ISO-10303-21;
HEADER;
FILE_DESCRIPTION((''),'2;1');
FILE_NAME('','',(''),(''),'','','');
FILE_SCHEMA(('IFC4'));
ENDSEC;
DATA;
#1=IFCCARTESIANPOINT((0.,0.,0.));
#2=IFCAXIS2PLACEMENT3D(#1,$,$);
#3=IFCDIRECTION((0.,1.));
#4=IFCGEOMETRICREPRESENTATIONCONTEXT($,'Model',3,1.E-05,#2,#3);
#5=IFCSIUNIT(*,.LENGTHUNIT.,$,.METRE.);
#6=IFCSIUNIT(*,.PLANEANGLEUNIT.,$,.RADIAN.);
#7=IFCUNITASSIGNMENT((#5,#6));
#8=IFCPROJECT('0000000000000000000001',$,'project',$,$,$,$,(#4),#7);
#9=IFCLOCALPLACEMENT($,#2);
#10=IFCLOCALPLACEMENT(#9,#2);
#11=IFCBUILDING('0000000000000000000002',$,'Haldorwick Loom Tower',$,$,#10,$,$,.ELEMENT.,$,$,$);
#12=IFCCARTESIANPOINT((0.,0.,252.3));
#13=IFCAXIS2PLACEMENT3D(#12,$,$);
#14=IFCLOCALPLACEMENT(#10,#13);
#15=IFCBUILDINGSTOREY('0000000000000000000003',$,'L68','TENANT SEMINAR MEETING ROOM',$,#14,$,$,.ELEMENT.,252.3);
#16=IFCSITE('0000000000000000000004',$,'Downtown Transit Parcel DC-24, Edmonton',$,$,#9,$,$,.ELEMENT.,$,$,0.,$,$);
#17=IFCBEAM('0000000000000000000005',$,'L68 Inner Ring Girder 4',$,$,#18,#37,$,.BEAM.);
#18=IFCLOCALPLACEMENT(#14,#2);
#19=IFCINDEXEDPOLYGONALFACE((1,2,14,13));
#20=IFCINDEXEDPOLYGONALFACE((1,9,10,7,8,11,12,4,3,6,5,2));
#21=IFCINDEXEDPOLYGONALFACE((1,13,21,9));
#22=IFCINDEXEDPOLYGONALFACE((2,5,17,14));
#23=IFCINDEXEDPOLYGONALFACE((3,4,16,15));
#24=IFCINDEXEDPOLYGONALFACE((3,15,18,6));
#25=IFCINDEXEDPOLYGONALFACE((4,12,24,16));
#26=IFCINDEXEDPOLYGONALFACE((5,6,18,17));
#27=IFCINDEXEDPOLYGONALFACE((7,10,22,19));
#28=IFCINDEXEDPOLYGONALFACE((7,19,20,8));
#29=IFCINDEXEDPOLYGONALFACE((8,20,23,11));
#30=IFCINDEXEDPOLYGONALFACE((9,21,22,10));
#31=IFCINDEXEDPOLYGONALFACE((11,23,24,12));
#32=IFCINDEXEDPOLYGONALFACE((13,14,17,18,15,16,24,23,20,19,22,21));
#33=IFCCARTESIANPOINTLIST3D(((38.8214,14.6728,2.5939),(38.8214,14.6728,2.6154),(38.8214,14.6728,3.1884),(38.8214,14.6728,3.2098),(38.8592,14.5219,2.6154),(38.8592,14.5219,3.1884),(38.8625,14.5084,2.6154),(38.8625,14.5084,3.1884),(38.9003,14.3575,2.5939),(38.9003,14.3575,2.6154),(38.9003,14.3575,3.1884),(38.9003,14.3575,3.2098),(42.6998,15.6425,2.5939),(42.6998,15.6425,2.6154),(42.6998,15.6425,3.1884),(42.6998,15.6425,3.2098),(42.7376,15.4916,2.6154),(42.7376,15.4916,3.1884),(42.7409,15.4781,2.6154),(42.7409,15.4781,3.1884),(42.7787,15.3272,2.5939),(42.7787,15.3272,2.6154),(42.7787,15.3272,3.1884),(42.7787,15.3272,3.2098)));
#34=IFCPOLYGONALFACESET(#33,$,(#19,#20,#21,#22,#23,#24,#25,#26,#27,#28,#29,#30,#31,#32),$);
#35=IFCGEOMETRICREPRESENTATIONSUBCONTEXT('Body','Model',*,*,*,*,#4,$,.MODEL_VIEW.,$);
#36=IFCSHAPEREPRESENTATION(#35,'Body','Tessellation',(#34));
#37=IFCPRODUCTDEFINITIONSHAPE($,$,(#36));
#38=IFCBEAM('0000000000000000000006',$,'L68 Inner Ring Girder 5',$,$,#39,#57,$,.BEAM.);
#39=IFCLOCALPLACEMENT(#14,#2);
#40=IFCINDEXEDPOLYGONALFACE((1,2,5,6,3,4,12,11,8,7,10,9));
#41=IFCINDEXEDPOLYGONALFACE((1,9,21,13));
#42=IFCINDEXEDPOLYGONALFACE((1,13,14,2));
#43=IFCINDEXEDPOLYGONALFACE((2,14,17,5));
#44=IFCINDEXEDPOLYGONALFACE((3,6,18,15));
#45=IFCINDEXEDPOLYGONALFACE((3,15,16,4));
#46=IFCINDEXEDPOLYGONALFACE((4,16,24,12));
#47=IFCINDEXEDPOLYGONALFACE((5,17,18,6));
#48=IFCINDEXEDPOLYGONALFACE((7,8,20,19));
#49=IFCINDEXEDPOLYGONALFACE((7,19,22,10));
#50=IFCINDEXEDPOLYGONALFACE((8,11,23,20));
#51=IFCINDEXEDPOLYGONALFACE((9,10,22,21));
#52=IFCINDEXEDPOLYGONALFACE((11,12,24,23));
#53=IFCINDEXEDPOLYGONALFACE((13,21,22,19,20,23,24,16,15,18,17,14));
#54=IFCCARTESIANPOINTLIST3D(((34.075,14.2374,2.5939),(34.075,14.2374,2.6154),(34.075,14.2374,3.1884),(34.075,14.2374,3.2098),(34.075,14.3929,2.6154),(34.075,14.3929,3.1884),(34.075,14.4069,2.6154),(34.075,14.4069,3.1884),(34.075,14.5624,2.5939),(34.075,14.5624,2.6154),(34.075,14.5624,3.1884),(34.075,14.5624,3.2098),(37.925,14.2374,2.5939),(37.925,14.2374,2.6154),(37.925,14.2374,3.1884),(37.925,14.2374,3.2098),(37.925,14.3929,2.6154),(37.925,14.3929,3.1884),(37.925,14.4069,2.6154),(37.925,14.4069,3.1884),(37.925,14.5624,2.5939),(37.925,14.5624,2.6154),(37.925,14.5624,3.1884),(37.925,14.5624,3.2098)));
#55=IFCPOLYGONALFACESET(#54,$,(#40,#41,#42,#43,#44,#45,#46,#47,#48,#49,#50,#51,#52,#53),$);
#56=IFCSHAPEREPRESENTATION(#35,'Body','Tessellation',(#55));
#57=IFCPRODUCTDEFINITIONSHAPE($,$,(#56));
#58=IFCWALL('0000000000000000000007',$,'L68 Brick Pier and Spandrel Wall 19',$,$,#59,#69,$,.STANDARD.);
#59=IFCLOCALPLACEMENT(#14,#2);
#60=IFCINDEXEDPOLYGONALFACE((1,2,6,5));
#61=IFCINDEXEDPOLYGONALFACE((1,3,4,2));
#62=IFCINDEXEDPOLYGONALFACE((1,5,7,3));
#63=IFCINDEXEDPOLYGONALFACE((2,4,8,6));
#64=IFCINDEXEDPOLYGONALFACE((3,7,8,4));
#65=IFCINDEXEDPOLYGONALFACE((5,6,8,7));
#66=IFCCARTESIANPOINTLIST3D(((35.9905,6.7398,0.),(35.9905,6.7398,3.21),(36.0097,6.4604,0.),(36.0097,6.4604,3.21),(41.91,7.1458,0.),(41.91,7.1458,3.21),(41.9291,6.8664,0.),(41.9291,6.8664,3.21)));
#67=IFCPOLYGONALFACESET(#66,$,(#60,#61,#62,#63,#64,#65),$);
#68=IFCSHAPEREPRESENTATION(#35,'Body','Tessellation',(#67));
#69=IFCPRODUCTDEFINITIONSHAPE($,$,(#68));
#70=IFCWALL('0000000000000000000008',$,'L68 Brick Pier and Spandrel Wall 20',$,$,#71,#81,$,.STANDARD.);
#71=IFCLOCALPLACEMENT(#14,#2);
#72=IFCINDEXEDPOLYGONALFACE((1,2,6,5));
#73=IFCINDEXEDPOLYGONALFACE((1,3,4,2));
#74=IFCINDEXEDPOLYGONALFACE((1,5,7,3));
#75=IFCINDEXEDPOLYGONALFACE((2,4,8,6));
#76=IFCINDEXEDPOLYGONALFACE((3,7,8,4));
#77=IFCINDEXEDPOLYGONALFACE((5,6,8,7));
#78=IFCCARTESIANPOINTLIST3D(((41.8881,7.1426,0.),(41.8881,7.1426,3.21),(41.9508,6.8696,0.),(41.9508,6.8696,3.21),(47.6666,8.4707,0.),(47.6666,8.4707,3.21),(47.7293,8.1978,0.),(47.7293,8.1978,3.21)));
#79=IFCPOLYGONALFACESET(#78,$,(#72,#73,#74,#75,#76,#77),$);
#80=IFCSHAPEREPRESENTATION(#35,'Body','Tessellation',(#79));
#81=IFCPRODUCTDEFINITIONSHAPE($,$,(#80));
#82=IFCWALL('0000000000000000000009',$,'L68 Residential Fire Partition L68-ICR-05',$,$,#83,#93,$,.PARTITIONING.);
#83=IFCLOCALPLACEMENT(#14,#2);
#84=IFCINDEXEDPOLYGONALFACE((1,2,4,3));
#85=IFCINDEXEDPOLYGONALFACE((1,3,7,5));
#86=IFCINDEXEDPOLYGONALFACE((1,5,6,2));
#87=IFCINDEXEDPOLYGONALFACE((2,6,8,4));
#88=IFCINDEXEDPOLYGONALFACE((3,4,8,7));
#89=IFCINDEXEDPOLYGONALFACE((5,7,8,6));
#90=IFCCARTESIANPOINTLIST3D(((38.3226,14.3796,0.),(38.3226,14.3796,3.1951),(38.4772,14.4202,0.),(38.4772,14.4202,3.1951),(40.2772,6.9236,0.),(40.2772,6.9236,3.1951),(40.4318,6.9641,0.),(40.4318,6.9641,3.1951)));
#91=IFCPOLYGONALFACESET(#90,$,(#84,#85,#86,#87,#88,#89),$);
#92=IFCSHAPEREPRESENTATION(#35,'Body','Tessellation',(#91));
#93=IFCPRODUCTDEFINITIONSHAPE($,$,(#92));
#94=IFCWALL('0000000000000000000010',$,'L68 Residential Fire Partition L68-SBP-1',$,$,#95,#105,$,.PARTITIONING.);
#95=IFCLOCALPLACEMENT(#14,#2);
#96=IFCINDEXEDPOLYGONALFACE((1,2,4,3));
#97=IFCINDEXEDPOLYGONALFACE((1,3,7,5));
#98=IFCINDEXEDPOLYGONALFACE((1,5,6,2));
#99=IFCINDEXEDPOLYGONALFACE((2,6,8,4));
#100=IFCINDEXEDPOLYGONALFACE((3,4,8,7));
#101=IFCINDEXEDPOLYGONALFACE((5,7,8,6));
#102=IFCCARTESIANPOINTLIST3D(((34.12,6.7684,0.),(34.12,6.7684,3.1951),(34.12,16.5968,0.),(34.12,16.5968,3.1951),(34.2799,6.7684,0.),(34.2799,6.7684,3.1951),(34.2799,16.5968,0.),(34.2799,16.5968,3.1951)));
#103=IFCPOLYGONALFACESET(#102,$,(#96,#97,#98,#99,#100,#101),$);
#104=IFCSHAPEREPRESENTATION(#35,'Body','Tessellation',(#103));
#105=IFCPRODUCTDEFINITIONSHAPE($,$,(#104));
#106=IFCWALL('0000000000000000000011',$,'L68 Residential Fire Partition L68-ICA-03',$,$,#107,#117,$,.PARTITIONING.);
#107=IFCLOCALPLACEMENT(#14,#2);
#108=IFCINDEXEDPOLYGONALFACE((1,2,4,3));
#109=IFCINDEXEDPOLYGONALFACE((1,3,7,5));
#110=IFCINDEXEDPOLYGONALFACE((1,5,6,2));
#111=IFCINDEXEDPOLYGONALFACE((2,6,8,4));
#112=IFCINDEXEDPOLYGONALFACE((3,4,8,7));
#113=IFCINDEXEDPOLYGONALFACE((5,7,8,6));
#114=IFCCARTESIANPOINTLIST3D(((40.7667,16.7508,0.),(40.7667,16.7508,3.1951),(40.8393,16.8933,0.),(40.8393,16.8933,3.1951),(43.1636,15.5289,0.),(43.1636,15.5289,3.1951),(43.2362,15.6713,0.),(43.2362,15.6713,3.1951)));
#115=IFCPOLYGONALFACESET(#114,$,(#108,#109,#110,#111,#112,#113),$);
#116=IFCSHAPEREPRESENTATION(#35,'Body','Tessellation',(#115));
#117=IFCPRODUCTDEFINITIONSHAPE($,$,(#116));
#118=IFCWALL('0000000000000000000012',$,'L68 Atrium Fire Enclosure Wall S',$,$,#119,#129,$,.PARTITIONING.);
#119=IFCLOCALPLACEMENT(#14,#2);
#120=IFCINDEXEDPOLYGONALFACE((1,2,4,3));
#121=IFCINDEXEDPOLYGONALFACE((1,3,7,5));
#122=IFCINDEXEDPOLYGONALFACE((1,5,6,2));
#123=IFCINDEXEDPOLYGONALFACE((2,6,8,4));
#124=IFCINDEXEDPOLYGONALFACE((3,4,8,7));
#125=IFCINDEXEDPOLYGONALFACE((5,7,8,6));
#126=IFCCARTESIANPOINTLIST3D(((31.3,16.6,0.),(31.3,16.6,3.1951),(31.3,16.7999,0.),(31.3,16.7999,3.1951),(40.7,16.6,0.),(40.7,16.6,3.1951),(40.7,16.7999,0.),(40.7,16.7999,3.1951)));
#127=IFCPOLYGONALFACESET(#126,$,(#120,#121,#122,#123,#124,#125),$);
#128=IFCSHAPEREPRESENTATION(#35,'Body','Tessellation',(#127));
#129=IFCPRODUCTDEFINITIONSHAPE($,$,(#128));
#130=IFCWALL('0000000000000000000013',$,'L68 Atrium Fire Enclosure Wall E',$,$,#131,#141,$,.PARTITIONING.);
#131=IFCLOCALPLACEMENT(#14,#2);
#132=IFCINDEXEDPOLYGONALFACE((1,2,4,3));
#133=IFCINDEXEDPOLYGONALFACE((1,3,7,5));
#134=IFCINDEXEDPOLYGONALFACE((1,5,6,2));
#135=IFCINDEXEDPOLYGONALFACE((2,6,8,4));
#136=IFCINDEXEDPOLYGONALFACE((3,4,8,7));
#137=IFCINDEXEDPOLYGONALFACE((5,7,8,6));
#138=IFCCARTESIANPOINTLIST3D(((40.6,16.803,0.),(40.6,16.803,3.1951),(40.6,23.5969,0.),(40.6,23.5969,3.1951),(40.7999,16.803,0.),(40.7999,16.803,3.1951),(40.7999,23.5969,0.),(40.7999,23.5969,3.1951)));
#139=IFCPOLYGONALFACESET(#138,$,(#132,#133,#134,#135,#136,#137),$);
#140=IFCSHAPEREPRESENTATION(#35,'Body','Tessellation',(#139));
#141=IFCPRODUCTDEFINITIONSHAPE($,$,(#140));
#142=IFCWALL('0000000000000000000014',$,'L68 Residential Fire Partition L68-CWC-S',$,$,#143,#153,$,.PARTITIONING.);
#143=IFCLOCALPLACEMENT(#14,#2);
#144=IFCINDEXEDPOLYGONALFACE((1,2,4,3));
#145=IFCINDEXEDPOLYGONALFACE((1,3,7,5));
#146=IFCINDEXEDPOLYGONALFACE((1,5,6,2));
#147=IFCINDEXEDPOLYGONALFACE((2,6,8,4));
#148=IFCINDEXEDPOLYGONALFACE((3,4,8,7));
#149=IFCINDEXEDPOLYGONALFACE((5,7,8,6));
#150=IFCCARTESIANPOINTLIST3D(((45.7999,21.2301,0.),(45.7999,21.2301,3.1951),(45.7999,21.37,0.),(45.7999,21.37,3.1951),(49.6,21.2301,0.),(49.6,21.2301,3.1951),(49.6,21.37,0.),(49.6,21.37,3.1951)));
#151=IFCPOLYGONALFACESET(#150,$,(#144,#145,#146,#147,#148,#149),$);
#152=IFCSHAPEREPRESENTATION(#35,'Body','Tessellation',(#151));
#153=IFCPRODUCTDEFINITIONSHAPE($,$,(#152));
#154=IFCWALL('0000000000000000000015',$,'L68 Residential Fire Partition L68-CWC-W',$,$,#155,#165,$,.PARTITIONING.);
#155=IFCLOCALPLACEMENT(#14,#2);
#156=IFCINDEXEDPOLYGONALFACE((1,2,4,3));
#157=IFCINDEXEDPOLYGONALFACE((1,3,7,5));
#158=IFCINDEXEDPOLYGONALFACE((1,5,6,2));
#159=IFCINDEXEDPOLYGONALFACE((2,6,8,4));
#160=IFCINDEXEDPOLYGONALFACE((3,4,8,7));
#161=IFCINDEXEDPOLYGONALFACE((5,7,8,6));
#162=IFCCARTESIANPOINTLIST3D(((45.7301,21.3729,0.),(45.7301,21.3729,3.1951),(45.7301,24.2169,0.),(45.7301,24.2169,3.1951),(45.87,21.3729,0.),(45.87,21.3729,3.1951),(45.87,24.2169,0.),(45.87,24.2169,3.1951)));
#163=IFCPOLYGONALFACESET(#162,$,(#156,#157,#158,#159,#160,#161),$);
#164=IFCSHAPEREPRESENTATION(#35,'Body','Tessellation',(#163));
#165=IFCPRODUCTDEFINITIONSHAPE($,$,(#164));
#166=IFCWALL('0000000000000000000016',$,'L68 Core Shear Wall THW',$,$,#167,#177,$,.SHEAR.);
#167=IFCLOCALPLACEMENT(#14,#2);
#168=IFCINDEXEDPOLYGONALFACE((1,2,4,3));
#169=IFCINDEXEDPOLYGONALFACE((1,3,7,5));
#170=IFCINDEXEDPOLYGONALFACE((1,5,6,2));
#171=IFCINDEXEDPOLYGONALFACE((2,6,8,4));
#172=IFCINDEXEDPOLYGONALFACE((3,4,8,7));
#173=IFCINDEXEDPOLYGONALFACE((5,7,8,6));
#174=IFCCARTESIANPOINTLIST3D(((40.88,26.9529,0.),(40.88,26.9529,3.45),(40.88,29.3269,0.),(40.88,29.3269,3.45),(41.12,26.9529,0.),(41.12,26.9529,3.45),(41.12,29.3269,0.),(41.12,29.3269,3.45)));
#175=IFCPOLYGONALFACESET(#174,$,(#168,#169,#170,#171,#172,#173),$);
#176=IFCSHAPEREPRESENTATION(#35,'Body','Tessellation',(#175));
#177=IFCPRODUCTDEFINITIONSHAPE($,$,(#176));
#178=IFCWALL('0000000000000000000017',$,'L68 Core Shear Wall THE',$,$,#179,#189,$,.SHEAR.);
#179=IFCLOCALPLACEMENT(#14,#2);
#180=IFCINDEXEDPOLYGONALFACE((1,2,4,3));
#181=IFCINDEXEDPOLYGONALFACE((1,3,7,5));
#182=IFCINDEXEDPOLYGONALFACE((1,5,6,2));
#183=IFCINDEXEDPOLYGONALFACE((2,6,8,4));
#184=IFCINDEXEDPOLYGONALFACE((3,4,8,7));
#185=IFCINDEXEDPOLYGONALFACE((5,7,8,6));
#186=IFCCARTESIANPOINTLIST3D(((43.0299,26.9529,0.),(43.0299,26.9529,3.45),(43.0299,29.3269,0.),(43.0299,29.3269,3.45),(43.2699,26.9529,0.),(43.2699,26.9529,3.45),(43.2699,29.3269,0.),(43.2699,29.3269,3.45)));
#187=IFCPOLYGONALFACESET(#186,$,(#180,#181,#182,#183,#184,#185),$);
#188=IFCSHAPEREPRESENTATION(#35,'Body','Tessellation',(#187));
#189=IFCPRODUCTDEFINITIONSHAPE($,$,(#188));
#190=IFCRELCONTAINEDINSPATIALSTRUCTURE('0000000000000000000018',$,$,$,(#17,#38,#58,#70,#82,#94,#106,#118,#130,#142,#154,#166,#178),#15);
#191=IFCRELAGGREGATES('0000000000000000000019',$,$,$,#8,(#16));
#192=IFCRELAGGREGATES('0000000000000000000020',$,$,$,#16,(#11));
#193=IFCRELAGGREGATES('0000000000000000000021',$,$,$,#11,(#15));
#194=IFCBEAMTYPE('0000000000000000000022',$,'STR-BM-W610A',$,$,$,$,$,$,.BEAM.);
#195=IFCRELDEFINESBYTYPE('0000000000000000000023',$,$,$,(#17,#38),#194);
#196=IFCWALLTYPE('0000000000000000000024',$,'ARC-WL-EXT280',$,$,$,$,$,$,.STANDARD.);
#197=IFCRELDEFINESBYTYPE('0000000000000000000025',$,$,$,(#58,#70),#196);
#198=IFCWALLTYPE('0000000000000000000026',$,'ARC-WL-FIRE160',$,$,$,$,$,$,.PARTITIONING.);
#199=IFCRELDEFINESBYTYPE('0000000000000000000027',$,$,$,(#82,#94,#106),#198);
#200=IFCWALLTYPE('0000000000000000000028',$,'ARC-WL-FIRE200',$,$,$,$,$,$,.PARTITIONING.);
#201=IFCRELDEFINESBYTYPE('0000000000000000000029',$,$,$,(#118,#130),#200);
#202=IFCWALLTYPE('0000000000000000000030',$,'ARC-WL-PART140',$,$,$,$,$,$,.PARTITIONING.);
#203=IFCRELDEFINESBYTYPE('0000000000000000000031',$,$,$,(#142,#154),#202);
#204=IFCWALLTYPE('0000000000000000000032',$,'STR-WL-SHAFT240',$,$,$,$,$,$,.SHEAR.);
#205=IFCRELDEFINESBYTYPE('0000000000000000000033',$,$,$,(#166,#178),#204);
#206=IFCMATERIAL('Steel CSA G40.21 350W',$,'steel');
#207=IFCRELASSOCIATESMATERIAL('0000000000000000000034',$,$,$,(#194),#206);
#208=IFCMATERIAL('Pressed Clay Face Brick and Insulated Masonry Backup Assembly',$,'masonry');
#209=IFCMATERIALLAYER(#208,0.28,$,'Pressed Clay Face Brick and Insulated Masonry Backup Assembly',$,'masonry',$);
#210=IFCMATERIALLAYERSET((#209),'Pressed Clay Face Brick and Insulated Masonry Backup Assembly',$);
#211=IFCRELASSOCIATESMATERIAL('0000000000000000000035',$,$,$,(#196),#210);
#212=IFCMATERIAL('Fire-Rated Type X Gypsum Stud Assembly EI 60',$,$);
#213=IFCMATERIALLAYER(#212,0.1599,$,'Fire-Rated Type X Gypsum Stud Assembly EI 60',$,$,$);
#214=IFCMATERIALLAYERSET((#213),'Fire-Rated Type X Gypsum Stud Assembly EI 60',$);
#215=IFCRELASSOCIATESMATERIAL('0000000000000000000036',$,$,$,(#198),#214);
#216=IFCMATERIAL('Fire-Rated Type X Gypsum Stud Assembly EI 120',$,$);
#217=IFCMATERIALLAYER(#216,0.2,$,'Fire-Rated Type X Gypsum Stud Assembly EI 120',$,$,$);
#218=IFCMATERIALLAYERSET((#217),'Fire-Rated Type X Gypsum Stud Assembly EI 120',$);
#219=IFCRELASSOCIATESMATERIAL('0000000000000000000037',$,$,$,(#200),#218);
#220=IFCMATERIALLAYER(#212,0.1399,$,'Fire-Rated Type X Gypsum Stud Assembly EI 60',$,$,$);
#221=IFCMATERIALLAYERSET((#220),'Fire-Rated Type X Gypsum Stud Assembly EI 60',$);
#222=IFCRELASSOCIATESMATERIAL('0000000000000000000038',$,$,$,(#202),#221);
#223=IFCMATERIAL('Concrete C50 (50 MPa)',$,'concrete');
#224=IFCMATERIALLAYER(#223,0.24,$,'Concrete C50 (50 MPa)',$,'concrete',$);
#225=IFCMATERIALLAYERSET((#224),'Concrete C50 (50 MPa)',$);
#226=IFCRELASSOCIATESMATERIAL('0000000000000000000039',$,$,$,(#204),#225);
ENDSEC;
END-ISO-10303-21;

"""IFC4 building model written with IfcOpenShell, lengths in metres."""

from ifc_helpers import new_model, si_unit, direction, frame, frame_2d, origin, origin_2d, place, context, subcontext, project, spatial, rectangle, i_section, extrude, material, layer, layer_set, material_profile, profile_set, type_object, element, save


model = new_model("IFC4")

# Units and contexts
model_context = context("Model", 3, precision=1e-05, world=origin(), true_north=direction((0.0, 1.0)))
body_context = subcontext(model_context, "Body", "Model", "MODEL_VIEW")
ifc_project = project(units=[si_unit("LENGTHUNIT", "METRE"), si_unit("PLANEANGLEUNIT", "RADIAN")], contexts=[model_context])

# Site, building, storey
site_placement = place(None, origin())
site = spatial("IfcSite", under=ifc_project, at=site_placement, Name="Downtown Transit Parcel DC-24, Edmonton", CompositionType="ELEMENT", RefElevation=0.0)
building_placement = place(site_placement, origin())
building = spatial("IfcBuilding", under=site, at=building_placement, Name="Haldorwick Loom Tower", CompositionType="ELEMENT")
storey_placement = place(building_placement, frame((0.0, 0.0, 252.3)))
storey = spatial("IfcBuildingStorey", under=building, at=storey_placement, Name="L68", Description="TENANT SEMINAR MEETING ROOM", CompositionType="ELEMENT", Elevation=252.3)

# Shared definitions
ifc_material_1 = material(Name="Steel CSA G40.21 350W", Category="steel")

# Beams
ifc_material_2 = material(Name="Concrete C50 (50 MPa)", Category="concrete")
ifc_material_profile_1 = material_profile(ifc_material_1, i_section(OverallWidth=0.325, OverallDepth=0.616, WebThickness=0.0139, FlangeThickness=0.0215, at=origin_2d()), Name="W610X174", Category="steel")
ifc_profile_set_1 = profile_set([ifc_material_profile_1], Name="Steel CSA G40.21 350W")
beam_type_1 = type_object("IfcBeamType", Name="STR-BM-W610A", PredefinedType="BEAM", material=ifc_profile_set_1)
beam_1_placement = place(storey_placement, frame((42.7393, 15.4849, 2.9019), z_axis=(-0.970135, -0.242564, 0.0), x_axis=(0.242564, -0.970135, 0.0)))
element("IfcBeam", 1, at=beam_1_placement, inside=storey, type_object=beam_type_1, Name="L68 Inner Ring Girder 4", PredefinedType="BEAM", context=body_context, shape_type="SweptSolid", body=[
    extrude(i_section(OverallWidth=0.325, OverallDepth=0.616, WebThickness=0.0139, FlangeThickness=0.0215, at=origin_2d()), origin(), (0.0, 0.0, 1.0), 3.9978),
])
beam_2_placement = place(storey_placement, frame((37.925, 14.3999, 2.9019), z_axis=(-1.0, 0.0, 0.0), x_axis=(0.0, -1.0, 0.0)))
element("IfcBeam", 2, at=beam_2_placement, inside=storey, type_object=beam_type_1, Name="L68 Inner Ring Girder 5", PredefinedType="BEAM", context=body_context, shape_type="SweptSolid", body=[
    extrude(i_section(OverallWidth=0.325, OverallDepth=0.616, WebThickness=0.0139, FlangeThickness=0.0215, at=origin_2d()), origin(), (0.0, 0.0, 1.0), 3.8501),
])

# Walls
ifc_material_3 = material(Name="Pressed Clay Face Brick and Insulated Masonry Backup Assembly", Category="masonry")
ifc_layer_1 = layer(ifc_material_3, 0.28, Name="Pressed Clay Face Brick and Insulated Masonry Backup Assembly", Category="masonry")
ifc_layer_set_1 = layer_set([ifc_layer_1], Name="Pressed Clay Face Brick and Insulated Masonry Backup Assembly")
wall_type_1 = type_object("IfcWallType", Name="ARC-WL-EXT280", PredefinedType="STANDARD", material=ifc_layer_set_1)
wall_1_placement = place(storey_placement, frame((36.0, 6.6001, 0.0), z_axis=(0.0, 0.0, 1.0), x_axis=(0.997656, 0.068428, 0.0)))
element("IfcWall", 3, at=wall_1_placement, inside=storey, type_object=wall_type_1, Name="L68 Brick Pier and Spandrel Wall 19", PredefinedType="STANDARD", context=body_context, shape_type="SweptSolid", body=[
    extrude(rectangle(XDim=5.9333, YDim=0.28, at=frame_2d((2.9668, 0.0))), origin(), (0.0, 0.0, 1.0), 3.21),
])
wall_2_placement = place(storey_placement, frame((41.9194, 7.0061, 0.0), z_axis=(0.0, 0.0, 1.0), x_axis=(0.97459, 0.223996, 0.0)))
element("IfcWall", 4, at=wall_2_placement, inside=storey, type_object=wall_type_1, Name="L68 Brick Pier and Spandrel Wall 20", PredefinedType="STANDARD", context=body_context, shape_type="SweptSolid", body=[
    extrude(rectangle(XDim=5.9292, YDim=0.28, at=frame_2d((2.9646, 0.0))), origin(), (0.0, 0.0, 1.0), 3.21),
])
ifc_material_4 = material(Name="Fire-Rated Type X Gypsum Stud Assembly EI 60")
ifc_layer_2 = layer(ifc_material_4, 0.1599, Name="Fire-Rated Type X Gypsum Stud Assembly EI 60")
ifc_layer_set_2 = layer_set([ifc_layer_2], Name="Fire-Rated Type X Gypsum Stud Assembly EI 60")
wall_type_2 = type_object("IfcWallType", Name="ARC-WL-FIRE160", PredefinedType="PARTITIONING", material=ifc_layer_set_2)
wall_3_placement = place(storey_placement, frame((38.3999, 14.3999, 0.0), z_axis=(0.0, 0.0, 1.0), x_axis=(0.25358, -0.967315, 0.0)))
element("IfcWall", 5, at=wall_3_placement, inside=storey, type_object=wall_type_2, Name="L68 Residential Fire Partition L68-ICR-05", PredefinedType="PARTITIONING", context=body_context, shape_type="SweptSolid", body=[
    extrude(rectangle(XDim=7.708, YDim=0.1599, at=frame_2d((3.854, 0.0))), origin(), (0.0, 0.0, 1.0), 3.1951),
])
wall_4_placement = place(storey_placement, frame((34.2, 6.7686, 0.0), z_axis=(0.0, 0.0, 1.0), x_axis=(0.0, 1.0, 0.0)))
element("IfcWall", 6, at=wall_4_placement, inside=storey, type_object=wall_type_2, Name="L68 Residential Fire Partition L68-SBP-1", PredefinedType="PARTITIONING", context=body_context, shape_type="SweptSolid", body=[
    extrude(rectangle(XDim=9.8284, YDim=0.1599, at=frame_2d((4.9141, 0.0))), origin(), (0.0, 0.0, 1.0), 3.1951),
])
wall_5_placement = place(storey_placement, frame((40.803, 16.822, 0.0), z_axis=(0.0, 0.0, 1.0), x_axis=(0.890916, -0.454169, 0.0)))
element("IfcWall", 7, at=wall_5_placement, inside=storey, type_object=wall_type_2, Name="L68 Residential Fire Partition L68-ICA-03", PredefinedType="PARTITIONING", context=body_context, shape_type="SweptSolid", body=[
    extrude(rectangle(XDim=2.6904, YDim=0.1599, at=frame_2d((1.3452, 0.0))), origin(), (0.0, 0.0, 1.0), 3.1951),
])
ifc_material_5 = material(Name="Fire-Rated Type X Gypsum Stud Assembly EI 120")
ifc_layer_3 = layer(ifc_material_5, 0.2, Name="Fire-Rated Type X Gypsum Stud Assembly EI 120")
ifc_layer_set_3 = layer_set([ifc_layer_3], Name="Fire-Rated Type X Gypsum Stud Assembly EI 120")
wall_type_3 = type_object("IfcWallType", Name="ARC-WL-FIRE200", PredefinedType="PARTITIONING", material=ifc_layer_set_3)
wall_6_placement = place(storey_placement, frame((40.7, 16.7, 0.0), z_axis=(0.0, 0.0, 1.0), x_axis=(-1.0, 0.0, 0.0)))
element("IfcWall", 8, at=wall_6_placement, inside=storey, type_object=wall_type_3, Name="L68 Atrium Fire Enclosure Wall S", PredefinedType="PARTITIONING", context=body_context, shape_type="SweptSolid", body=[
    extrude(rectangle(XDim=9.3999, YDim=0.2, at=frame_2d((4.7, 0.0))), origin(), (0.0, 0.0, 1.0), 3.1951),
])
wall_7_placement = place(storey_placement, frame((40.7, 23.5969, 0.0), z_axis=(0.0, 0.0, 1.0), x_axis=(0.0, -1.0, 0.0)))
element("IfcWall", 9, at=wall_7_placement, inside=storey, type_object=wall_type_3, Name="L68 Atrium Fire Enclosure Wall E", PredefinedType="PARTITIONING", context=body_context, shape_type="SweptSolid", body=[
    extrude(rectangle(XDim=6.7939, YDim=0.2, at=frame_2d((3.397, 0.0))), origin(), (0.0, 0.0, 1.0), 3.1951),
])
ifc_layer_4 = layer(ifc_material_4, 0.1399, Name="Fire-Rated Type X Gypsum Stud Assembly EI 60")
ifc_layer_set_4 = layer_set([ifc_layer_4], Name="Fire-Rated Type X Gypsum Stud Assembly EI 60")
wall_type_4 = type_object("IfcWallType", Name="ARC-WL-PART140", PredefinedType="PARTITIONING", material=ifc_layer_set_4)
wall_8_placement = place(storey_placement, frame((45.8, 21.3, 0.0), z_axis=(0.0, 0.0, 1.0), x_axis=(1.0, 0.0, 0.0)))
element("IfcWall", 10, at=wall_8_placement, inside=storey, type_object=wall_type_4, Name="L68 Residential Fire Partition L68-CWC-S", PredefinedType="PARTITIONING", context=body_context, shape_type="SweptSolid", body=[
    extrude(rectangle(XDim=3.8, YDim=0.1399, at=frame_2d((1.8999, 0.0))), origin(), (0.0, 0.0, 1.0), 3.1951),
])
wall_9_placement = place(storey_placement, frame((45.8, 21.373, 0.0), z_axis=(0.0, 0.0, 1.0), x_axis=(0.0, 1.0, 0.0)))
element("IfcWall", 11, at=wall_9_placement, inside=storey, type_object=wall_type_4, Name="L68 Residential Fire Partition L68-CWC-W", PredefinedType="PARTITIONING", context=body_context, shape_type="SweptSolid", body=[
    extrude(rectangle(XDim=2.844, YDim=0.1399, at=frame_2d((1.4219, 0.0))), origin(), (0.0, 0.0, 1.0), 3.1951),
])
ifc_layer_5 = layer(ifc_material_2, 0.24, Name="Concrete C50 (50 MPa)", Category="concrete")
ifc_layer_set_5 = layer_set([ifc_layer_5], Name="Concrete C50 (50 MPa)")
wall_type_5 = type_object("IfcWallType", Name="STR-WL-SHAFT240", PredefinedType="SHEAR", material=ifc_layer_set_5)
for number, where, z_axis, x_axis, name in (
    (12, (41.0, 26.9529, 0.0), (0.0, 0.0, 1.0), (0.0, 1.0, 0.0), "L68 Core Shear Wall THW"),
    (13, (43.1499, 26.9529, 0.0), (0.0, 0.0, 1.0), (0.0, 1.0, 0.0), "L68 Core Shear Wall THE"),
):
    element("IfcWall", number, at=place(storey_placement, frame(where, z_axis=z_axis, x_axis=x_axis)), inside=storey, type_object=wall_type_5, Name=name, PredefinedType="SHEAR", context=body_context, shape_type="SweptSolid", body=[
        extrude(rectangle(XDim=2.374, YDim=0.24, at=frame_2d((1.187, 0.0))), origin(), (0.0, 0.0, 1.0), 3.45),
    ])

save(model, "model.ifc")
